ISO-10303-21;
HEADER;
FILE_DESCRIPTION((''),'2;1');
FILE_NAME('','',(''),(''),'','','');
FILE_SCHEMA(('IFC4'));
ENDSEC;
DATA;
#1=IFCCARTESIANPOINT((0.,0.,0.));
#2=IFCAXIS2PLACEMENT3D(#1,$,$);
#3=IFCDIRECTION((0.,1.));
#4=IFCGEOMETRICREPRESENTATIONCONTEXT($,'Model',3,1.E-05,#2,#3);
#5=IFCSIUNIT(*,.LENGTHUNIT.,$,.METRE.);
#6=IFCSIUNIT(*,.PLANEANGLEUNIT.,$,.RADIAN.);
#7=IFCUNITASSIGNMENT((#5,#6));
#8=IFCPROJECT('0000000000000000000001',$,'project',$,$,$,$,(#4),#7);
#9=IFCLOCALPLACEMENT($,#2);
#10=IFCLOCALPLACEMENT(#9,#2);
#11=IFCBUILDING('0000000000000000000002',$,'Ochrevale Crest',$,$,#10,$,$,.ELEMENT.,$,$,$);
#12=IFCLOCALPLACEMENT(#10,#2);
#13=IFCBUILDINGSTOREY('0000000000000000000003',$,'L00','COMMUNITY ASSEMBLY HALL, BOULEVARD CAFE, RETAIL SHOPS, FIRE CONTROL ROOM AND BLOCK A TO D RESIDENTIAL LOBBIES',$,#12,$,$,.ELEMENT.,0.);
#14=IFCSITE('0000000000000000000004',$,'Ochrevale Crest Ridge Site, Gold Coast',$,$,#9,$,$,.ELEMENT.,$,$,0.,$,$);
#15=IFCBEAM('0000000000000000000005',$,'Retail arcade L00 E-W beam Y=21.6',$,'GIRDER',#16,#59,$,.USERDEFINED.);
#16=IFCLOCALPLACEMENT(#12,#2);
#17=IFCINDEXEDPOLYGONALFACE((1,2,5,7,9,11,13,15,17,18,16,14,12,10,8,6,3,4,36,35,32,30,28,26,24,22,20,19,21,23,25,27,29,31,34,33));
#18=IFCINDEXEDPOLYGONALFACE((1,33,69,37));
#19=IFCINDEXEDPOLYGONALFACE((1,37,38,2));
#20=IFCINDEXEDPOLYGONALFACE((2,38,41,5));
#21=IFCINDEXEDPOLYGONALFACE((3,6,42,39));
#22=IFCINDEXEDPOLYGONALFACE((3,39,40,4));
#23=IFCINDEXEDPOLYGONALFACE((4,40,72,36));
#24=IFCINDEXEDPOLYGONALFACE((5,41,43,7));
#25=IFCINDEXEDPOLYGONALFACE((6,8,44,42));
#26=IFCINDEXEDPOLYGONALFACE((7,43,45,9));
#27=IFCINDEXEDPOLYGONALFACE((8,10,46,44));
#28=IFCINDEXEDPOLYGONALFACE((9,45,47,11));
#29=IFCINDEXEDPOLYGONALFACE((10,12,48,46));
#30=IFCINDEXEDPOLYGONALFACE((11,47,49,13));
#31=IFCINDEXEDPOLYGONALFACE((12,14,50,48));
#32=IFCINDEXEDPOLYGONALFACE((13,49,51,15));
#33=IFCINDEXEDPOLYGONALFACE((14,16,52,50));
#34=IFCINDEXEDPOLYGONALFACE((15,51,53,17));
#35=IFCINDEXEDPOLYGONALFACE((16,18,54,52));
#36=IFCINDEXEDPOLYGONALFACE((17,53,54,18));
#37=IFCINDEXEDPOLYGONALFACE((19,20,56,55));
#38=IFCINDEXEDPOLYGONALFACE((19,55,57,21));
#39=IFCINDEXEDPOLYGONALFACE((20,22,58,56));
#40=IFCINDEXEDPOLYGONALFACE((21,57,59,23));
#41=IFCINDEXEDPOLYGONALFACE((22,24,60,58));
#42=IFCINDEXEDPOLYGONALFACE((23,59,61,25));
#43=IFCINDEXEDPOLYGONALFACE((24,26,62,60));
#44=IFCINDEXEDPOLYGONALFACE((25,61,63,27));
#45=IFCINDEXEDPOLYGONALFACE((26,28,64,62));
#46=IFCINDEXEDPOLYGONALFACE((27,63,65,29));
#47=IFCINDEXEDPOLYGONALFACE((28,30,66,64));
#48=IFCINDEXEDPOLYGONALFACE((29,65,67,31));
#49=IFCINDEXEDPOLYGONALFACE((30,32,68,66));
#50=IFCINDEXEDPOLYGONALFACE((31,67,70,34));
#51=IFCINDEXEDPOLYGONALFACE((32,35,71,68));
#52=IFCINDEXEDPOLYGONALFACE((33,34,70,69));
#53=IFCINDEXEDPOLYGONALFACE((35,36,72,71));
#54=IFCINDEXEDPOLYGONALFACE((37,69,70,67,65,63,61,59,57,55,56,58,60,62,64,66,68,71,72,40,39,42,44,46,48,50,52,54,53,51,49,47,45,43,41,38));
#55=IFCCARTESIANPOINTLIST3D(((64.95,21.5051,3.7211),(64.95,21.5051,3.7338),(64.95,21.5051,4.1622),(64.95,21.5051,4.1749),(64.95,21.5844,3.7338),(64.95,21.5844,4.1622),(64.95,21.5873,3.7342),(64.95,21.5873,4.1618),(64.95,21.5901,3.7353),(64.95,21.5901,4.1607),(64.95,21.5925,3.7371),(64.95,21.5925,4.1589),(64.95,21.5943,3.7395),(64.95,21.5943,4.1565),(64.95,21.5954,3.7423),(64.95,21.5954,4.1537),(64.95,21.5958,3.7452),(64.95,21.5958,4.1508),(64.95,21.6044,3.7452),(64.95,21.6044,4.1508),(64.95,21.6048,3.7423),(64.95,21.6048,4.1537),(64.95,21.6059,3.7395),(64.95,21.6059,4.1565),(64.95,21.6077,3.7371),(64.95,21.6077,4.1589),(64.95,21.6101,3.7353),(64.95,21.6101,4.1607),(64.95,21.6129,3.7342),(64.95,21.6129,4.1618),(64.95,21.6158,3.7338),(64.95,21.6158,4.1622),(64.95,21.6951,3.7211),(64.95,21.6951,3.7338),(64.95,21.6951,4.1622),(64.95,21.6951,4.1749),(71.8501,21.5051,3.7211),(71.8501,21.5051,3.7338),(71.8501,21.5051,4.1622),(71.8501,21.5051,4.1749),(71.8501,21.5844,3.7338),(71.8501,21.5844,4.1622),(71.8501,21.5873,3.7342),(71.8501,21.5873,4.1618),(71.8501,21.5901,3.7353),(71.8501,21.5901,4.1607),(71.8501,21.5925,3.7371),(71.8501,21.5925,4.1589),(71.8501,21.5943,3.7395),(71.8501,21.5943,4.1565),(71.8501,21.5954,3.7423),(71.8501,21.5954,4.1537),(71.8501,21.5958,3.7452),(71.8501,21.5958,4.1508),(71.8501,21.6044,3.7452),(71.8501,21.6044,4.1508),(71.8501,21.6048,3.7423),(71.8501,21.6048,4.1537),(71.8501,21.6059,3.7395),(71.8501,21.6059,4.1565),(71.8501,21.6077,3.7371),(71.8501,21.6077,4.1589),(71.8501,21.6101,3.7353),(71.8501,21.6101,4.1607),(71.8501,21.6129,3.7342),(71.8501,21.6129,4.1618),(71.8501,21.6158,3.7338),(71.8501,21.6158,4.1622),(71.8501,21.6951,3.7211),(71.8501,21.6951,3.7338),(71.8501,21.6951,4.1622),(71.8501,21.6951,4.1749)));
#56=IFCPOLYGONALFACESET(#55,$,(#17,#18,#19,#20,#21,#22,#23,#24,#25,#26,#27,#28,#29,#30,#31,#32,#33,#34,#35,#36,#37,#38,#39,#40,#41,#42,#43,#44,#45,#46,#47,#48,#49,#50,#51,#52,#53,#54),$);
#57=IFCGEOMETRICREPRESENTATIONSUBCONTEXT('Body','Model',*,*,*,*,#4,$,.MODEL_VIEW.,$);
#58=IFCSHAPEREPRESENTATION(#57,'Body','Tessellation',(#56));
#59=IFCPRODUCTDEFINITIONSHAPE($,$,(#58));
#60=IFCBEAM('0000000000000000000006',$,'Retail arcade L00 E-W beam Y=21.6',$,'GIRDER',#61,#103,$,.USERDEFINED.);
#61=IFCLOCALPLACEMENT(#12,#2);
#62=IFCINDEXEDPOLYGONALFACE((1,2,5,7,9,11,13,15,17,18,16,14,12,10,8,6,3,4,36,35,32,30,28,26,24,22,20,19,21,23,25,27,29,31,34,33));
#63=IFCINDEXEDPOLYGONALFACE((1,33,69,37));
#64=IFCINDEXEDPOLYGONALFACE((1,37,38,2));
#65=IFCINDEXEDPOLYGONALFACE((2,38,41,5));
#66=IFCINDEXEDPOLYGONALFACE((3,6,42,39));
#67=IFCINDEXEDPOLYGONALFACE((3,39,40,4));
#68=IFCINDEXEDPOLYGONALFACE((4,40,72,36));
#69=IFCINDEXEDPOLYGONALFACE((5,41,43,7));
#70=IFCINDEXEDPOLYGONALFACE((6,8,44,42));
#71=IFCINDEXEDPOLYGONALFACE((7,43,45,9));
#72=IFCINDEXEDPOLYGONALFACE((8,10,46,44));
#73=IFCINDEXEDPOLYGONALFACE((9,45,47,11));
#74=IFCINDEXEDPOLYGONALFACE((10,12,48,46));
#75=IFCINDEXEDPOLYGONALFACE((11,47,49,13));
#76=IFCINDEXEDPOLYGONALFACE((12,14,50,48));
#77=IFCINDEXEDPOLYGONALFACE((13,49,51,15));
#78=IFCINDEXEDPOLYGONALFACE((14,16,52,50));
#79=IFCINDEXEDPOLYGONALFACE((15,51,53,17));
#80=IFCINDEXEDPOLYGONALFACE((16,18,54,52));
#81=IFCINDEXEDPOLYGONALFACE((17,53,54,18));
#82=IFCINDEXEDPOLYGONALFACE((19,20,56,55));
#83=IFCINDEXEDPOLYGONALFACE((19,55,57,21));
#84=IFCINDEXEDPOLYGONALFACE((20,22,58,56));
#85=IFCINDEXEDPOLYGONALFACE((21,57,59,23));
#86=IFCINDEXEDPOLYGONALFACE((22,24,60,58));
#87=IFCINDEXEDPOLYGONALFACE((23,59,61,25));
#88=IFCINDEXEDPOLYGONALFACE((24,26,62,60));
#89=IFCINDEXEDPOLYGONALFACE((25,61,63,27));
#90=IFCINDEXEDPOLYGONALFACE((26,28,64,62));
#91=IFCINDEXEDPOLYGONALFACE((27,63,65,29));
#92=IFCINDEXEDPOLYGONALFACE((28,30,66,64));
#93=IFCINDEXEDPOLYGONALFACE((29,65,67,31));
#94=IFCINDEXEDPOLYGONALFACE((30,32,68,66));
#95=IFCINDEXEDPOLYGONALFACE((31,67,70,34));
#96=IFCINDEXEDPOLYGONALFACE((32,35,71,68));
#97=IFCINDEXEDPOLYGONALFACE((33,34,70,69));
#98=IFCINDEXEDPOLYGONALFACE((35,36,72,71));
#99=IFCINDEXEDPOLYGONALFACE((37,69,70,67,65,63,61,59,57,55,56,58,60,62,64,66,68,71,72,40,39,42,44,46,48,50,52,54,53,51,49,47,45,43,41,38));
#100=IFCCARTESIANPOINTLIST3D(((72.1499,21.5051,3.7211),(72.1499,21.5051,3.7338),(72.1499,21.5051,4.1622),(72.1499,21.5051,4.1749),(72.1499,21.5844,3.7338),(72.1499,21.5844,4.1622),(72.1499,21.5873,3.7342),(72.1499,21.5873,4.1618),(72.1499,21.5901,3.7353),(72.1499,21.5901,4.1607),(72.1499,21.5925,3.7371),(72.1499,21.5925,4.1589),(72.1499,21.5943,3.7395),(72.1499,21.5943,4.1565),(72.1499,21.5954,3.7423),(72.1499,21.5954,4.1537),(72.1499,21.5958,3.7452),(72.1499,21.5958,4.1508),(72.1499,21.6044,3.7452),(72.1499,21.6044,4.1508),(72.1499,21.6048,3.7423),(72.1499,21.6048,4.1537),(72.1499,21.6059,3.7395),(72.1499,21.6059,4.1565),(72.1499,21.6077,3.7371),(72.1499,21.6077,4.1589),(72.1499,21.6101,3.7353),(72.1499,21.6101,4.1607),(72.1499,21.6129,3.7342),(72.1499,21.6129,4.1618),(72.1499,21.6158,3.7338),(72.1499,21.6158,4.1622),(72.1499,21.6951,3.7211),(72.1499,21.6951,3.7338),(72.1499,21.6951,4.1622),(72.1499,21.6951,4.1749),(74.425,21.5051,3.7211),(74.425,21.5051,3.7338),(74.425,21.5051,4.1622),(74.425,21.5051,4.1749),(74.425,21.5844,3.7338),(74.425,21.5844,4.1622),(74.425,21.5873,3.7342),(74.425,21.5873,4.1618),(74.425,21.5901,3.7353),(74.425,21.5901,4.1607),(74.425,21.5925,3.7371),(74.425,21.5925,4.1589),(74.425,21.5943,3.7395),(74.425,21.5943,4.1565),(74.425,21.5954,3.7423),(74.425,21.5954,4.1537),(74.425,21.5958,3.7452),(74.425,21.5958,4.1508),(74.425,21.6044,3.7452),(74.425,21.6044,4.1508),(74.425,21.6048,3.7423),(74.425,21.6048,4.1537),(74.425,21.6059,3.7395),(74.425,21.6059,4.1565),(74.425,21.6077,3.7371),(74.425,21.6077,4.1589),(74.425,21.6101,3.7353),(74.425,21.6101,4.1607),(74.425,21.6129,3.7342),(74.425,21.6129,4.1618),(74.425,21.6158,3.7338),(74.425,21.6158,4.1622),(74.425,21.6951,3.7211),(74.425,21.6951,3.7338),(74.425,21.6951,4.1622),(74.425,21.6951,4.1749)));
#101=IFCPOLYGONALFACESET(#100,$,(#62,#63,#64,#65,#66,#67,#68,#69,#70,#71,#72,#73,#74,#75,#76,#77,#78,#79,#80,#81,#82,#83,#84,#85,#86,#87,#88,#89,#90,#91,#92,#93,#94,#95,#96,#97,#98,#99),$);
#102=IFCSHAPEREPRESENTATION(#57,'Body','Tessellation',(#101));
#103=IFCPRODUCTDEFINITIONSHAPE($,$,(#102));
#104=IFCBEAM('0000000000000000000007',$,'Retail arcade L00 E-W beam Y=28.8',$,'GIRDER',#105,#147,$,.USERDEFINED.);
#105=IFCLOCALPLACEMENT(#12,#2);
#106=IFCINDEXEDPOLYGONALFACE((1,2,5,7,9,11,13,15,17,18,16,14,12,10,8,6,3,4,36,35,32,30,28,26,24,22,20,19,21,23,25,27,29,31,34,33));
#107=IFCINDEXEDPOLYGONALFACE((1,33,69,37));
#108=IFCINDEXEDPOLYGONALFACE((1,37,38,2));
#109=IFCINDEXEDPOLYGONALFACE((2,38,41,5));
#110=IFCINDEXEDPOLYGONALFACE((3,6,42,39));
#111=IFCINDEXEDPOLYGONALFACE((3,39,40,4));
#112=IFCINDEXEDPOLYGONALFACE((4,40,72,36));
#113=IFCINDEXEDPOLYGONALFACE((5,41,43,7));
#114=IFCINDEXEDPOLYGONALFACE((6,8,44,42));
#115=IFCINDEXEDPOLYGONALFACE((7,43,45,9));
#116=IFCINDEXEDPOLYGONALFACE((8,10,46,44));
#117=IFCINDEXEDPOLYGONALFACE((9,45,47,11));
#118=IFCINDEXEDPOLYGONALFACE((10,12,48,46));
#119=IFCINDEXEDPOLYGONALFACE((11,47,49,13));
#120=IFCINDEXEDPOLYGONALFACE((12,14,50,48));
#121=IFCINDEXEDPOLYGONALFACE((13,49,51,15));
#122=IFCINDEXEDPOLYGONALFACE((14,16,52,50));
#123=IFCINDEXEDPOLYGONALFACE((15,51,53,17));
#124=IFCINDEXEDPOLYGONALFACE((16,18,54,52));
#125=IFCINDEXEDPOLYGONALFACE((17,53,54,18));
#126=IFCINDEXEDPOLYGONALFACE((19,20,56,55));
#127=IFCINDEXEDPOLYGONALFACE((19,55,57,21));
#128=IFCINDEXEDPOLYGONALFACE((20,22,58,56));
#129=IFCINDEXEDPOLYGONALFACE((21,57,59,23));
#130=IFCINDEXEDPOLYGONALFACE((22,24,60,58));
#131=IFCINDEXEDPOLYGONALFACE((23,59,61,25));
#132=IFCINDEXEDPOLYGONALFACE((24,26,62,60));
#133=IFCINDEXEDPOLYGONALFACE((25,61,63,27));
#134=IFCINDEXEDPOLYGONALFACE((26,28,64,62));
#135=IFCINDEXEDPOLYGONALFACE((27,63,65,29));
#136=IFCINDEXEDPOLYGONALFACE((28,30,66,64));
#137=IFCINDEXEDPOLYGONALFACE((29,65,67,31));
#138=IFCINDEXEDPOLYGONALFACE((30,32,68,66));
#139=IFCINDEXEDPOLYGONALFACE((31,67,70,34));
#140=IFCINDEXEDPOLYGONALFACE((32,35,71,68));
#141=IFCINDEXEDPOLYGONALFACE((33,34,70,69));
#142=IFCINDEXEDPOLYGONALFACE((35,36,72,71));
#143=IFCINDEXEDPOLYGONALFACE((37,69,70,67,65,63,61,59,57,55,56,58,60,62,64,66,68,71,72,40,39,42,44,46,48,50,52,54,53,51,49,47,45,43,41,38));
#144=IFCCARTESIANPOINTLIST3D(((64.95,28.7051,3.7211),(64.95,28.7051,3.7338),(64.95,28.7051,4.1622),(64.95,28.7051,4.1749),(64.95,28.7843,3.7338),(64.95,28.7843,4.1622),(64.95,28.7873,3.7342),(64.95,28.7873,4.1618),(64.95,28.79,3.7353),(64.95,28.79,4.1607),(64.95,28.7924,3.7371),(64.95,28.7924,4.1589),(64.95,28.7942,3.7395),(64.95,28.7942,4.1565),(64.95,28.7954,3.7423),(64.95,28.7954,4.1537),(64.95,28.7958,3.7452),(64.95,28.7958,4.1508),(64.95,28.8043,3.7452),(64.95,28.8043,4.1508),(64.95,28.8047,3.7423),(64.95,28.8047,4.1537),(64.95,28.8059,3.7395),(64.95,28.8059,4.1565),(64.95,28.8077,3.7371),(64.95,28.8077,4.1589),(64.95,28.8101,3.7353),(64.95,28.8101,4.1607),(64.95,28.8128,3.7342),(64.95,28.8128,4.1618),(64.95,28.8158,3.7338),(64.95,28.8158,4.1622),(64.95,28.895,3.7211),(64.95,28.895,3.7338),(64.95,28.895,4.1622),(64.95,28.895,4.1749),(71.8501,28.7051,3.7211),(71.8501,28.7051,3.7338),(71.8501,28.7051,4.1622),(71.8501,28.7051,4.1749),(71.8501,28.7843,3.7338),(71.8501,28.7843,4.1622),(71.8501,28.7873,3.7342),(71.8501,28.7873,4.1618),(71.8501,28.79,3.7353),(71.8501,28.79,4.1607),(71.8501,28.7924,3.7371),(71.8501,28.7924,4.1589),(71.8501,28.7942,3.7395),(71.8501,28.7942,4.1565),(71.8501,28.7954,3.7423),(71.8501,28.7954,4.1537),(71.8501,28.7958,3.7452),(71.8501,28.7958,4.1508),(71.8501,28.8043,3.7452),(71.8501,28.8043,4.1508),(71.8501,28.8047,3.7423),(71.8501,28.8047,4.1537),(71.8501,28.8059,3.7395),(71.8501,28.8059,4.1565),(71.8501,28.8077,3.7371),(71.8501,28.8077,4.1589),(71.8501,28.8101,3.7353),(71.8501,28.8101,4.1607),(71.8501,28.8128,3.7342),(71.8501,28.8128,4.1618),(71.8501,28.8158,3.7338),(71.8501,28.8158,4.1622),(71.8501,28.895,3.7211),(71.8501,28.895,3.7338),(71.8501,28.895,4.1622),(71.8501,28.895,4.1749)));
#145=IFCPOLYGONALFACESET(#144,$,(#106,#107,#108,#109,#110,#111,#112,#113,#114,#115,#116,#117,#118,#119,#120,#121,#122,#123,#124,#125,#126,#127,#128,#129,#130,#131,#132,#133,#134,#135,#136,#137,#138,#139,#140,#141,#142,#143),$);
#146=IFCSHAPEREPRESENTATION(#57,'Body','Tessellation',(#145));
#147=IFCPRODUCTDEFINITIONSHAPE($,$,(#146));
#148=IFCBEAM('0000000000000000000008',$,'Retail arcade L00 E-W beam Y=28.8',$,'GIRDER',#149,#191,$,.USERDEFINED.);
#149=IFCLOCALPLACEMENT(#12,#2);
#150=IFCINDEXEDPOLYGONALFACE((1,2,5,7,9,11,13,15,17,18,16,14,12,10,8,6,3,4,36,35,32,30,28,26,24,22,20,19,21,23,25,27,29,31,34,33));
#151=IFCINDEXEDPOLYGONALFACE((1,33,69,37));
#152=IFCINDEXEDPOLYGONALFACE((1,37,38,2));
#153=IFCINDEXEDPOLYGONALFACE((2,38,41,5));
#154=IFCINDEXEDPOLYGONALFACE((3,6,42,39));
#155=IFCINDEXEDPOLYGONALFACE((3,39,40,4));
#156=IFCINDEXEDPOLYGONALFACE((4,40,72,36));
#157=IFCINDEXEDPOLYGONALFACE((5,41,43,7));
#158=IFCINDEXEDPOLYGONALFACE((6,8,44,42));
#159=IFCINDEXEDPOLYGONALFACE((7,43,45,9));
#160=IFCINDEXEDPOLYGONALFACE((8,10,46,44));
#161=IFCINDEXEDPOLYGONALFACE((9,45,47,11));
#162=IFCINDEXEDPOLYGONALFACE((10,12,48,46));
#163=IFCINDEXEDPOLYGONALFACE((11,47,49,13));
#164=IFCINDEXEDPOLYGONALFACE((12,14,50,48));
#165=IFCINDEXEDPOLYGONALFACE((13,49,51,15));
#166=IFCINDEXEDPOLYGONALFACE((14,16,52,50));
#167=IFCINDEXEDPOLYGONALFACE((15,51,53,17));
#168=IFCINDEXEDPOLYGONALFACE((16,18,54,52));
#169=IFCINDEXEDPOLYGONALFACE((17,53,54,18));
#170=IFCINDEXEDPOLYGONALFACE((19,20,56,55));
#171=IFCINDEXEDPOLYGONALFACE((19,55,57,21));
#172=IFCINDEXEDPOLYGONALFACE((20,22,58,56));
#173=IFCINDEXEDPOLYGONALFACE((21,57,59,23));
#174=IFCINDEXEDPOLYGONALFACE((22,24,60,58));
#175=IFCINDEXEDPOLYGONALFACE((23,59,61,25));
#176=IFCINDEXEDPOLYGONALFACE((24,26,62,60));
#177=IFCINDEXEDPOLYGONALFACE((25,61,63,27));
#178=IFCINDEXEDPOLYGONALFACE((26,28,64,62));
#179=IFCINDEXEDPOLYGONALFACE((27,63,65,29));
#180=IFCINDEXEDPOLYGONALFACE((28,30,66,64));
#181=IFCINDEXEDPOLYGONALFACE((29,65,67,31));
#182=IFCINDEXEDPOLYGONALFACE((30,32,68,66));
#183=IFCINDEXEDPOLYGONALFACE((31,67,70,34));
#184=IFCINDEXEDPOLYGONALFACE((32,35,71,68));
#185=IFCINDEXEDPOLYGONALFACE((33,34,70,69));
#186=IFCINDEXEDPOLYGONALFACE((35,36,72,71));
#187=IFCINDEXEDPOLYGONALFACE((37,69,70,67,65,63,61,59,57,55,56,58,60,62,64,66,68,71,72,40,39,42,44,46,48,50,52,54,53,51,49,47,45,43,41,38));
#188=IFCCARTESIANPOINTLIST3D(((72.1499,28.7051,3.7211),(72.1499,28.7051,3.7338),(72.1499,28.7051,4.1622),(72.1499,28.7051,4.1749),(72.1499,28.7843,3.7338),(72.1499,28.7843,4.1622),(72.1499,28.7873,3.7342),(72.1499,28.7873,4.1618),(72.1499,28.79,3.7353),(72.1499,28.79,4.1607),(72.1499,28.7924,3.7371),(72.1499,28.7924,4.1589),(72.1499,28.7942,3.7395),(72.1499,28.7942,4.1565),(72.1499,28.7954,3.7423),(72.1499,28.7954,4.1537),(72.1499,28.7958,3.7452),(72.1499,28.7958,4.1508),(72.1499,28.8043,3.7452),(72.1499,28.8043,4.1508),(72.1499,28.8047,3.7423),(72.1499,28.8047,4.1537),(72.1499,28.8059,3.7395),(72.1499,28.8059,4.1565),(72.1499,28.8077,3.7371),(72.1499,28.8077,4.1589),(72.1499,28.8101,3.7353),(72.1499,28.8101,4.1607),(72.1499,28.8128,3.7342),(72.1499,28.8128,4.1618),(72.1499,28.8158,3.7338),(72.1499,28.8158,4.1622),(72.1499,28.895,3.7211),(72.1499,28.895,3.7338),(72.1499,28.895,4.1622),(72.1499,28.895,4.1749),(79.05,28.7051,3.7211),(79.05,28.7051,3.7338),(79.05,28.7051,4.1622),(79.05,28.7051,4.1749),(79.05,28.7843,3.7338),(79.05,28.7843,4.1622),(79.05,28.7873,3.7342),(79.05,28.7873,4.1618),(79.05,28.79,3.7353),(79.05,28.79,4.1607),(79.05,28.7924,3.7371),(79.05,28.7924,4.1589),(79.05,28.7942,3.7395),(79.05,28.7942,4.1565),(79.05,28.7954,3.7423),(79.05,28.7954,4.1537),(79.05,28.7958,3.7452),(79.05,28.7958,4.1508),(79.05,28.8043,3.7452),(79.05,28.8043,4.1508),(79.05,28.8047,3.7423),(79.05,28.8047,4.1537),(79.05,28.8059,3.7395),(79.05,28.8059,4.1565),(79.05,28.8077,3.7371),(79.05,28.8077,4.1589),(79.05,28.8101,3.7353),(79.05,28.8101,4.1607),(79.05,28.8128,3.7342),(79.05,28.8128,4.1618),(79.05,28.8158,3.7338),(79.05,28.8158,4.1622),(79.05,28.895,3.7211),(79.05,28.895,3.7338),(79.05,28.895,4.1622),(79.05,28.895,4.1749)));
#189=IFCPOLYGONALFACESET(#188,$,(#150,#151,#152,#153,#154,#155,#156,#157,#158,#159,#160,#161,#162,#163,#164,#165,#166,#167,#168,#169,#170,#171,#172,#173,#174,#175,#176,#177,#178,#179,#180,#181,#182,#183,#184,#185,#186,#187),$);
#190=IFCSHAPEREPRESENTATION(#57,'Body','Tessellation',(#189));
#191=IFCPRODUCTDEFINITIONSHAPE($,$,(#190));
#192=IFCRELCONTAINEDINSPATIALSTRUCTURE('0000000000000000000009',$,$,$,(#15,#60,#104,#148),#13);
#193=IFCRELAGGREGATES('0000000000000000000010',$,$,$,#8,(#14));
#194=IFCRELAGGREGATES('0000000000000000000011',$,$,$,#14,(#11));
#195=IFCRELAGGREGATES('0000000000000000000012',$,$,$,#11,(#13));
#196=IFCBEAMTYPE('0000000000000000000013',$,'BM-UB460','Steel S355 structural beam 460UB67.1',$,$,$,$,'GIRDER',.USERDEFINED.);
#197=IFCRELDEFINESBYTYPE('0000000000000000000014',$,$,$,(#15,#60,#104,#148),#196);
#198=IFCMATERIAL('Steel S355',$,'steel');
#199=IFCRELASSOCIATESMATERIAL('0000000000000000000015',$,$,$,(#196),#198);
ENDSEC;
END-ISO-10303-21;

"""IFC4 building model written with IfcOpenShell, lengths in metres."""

from ifc_helpers import new_model, si_unit, direction, frame, origin, origin_2d, place, context, subcontext, project, spatial, i_section, extrude, material, material_profile, profile_set, type_object, element, save


model = new_model("IFC4")

# Units and contexts
model_context = context("Model", 3, precision=1e-05, world=origin(), true_north=direction((0.0, 1.0)))
body_context = subcontext(model_context, "Body", "Model", "MODEL_VIEW")
ifc_project = project(units=[si_unit("LENGTHUNIT", "METRE"), si_unit("PLANEANGLEUNIT", "RADIAN")], contexts=[model_context])

# Site, building, storey
site_placement = place(None, origin())
site = spatial("IfcSite", under=ifc_project, at=site_placement, Name="Ochrevale Crest Ridge Site, Gold Coast", CompositionType="ELEMENT", RefElevation=0.0)
building_placement = place(site_placement, origin())
building = spatial("IfcBuilding", under=site, at=building_placement, Name="Ochrevale Crest", CompositionType="ELEMENT")
storey_placement = place(building_placement, origin())
storey = spatial("IfcBuildingStorey", under=building, at=storey_placement, Name="L00", Description="COMMUNITY ASSEMBLY HALL, BOULEVARD CAFE, RETAIL SHOPS, FIRE CONTROL ROOM AND BLOCK A TO D RESIDENTIAL LOBBIES", CompositionType="ELEMENT", Elevation=0.0)

# Shared definitions
ifc_material_1 = material(Name="Steel S355", Category="steel")

# Beams
ifc_material_profile_1 = material_profile(ifc_material_1, i_section(OverallWidth=0.1899, OverallDepth=0.4539, WebThickness=0.0085, FlangeThickness=0.0127, FilletRadius=0.0115, at=origin_2d()), Name="460UB67.1")
ifc_profile_set_1 = profile_set([ifc_material_profile_1], Name="Steel S355")
beam_type_1 = type_object("IfcBeamType", Name="BM-UB460", Description="Steel S355 structural beam 460UB67.1", ElementType="GIRDER", PredefinedType="USERDEFINED", material=ifc_profile_set_1)
for number, where, z_axis, x_axis, name in (
    (1, (64.95, 21.6001, 3.948), (1.0, 0.0, 0.0), (0.0, 1.0, 0.0), "Retail arcade L00 E-W beam Y=21.6"),
):
    element("IfcBeam", number, at=place(storey_placement, frame(where, z_axis=z_axis, x_axis=x_axis)), inside=storey, type_object=beam_type_1, Name=name, ObjectType="GIRDER", PredefinedType="USERDEFINED", context=body_context, shape_type="SweptSolid", body=[
        extrude(i_section(OverallWidth=0.1899, OverallDepth=0.4539, WebThickness=0.0085, FlangeThickness=0.0127, FilletRadius=0.0115, at=origin_2d()), origin(), (0.0, 0.0, 1.0), 6.9001),
    ])
beam_placement = place(storey_placement, frame((72.1499, 21.6001, 3.948), z_axis=(1.0, 0.0, 0.0), x_axis=(0.0, 1.0, 0.0)))
element("IfcBeam", 2, at=beam_placement, inside=storey, type_object=beam_type_1, Name="Retail arcade L00 E-W beam Y=21.6", ObjectType="GIRDER", PredefinedType="USERDEFINED", context=body_context, shape_type="SweptSolid", body=[
    extrude(i_section(OverallWidth=0.1899, OverallDepth=0.4539, WebThickness=0.0085, FlangeThickness=0.0127, FilletRadius=0.0115, at=origin_2d()), origin(), (0.0, 0.0, 1.0), 2.2751),
])
for number, where, z_axis, x_axis, name in (
    (3, (64.95, 28.8, 3.948), (1.0, 0.0, 0.0), (0.0, 1.0, 0.0), "Retail arcade L00 E-W beam Y=28.8"),
    (4, (72.1499, 28.8, 3.948), (1.0, 0.0, 0.0), (0.0, 1.0, 0.0), "Retail arcade L00 E-W beam Y=28.8"),
):
    element("IfcBeam", number, at=place(storey_placement, frame(where, z_axis=z_axis, x_axis=x_axis)), inside=storey, type_object=beam_type_1, Name=name, ObjectType="GIRDER", PredefinedType="USERDEFINED", context=body_context, shape_type="SweptSolid", body=[
        extrude(i_section(OverallWidth=0.1899, OverallDepth=0.4539, WebThickness=0.0085, FlangeThickness=0.0127, FilletRadius=0.0115, at=origin_2d()), origin(), (0.0, 0.0, 1.0), 6.9001),
    ])

save(model, "model.ifc")
